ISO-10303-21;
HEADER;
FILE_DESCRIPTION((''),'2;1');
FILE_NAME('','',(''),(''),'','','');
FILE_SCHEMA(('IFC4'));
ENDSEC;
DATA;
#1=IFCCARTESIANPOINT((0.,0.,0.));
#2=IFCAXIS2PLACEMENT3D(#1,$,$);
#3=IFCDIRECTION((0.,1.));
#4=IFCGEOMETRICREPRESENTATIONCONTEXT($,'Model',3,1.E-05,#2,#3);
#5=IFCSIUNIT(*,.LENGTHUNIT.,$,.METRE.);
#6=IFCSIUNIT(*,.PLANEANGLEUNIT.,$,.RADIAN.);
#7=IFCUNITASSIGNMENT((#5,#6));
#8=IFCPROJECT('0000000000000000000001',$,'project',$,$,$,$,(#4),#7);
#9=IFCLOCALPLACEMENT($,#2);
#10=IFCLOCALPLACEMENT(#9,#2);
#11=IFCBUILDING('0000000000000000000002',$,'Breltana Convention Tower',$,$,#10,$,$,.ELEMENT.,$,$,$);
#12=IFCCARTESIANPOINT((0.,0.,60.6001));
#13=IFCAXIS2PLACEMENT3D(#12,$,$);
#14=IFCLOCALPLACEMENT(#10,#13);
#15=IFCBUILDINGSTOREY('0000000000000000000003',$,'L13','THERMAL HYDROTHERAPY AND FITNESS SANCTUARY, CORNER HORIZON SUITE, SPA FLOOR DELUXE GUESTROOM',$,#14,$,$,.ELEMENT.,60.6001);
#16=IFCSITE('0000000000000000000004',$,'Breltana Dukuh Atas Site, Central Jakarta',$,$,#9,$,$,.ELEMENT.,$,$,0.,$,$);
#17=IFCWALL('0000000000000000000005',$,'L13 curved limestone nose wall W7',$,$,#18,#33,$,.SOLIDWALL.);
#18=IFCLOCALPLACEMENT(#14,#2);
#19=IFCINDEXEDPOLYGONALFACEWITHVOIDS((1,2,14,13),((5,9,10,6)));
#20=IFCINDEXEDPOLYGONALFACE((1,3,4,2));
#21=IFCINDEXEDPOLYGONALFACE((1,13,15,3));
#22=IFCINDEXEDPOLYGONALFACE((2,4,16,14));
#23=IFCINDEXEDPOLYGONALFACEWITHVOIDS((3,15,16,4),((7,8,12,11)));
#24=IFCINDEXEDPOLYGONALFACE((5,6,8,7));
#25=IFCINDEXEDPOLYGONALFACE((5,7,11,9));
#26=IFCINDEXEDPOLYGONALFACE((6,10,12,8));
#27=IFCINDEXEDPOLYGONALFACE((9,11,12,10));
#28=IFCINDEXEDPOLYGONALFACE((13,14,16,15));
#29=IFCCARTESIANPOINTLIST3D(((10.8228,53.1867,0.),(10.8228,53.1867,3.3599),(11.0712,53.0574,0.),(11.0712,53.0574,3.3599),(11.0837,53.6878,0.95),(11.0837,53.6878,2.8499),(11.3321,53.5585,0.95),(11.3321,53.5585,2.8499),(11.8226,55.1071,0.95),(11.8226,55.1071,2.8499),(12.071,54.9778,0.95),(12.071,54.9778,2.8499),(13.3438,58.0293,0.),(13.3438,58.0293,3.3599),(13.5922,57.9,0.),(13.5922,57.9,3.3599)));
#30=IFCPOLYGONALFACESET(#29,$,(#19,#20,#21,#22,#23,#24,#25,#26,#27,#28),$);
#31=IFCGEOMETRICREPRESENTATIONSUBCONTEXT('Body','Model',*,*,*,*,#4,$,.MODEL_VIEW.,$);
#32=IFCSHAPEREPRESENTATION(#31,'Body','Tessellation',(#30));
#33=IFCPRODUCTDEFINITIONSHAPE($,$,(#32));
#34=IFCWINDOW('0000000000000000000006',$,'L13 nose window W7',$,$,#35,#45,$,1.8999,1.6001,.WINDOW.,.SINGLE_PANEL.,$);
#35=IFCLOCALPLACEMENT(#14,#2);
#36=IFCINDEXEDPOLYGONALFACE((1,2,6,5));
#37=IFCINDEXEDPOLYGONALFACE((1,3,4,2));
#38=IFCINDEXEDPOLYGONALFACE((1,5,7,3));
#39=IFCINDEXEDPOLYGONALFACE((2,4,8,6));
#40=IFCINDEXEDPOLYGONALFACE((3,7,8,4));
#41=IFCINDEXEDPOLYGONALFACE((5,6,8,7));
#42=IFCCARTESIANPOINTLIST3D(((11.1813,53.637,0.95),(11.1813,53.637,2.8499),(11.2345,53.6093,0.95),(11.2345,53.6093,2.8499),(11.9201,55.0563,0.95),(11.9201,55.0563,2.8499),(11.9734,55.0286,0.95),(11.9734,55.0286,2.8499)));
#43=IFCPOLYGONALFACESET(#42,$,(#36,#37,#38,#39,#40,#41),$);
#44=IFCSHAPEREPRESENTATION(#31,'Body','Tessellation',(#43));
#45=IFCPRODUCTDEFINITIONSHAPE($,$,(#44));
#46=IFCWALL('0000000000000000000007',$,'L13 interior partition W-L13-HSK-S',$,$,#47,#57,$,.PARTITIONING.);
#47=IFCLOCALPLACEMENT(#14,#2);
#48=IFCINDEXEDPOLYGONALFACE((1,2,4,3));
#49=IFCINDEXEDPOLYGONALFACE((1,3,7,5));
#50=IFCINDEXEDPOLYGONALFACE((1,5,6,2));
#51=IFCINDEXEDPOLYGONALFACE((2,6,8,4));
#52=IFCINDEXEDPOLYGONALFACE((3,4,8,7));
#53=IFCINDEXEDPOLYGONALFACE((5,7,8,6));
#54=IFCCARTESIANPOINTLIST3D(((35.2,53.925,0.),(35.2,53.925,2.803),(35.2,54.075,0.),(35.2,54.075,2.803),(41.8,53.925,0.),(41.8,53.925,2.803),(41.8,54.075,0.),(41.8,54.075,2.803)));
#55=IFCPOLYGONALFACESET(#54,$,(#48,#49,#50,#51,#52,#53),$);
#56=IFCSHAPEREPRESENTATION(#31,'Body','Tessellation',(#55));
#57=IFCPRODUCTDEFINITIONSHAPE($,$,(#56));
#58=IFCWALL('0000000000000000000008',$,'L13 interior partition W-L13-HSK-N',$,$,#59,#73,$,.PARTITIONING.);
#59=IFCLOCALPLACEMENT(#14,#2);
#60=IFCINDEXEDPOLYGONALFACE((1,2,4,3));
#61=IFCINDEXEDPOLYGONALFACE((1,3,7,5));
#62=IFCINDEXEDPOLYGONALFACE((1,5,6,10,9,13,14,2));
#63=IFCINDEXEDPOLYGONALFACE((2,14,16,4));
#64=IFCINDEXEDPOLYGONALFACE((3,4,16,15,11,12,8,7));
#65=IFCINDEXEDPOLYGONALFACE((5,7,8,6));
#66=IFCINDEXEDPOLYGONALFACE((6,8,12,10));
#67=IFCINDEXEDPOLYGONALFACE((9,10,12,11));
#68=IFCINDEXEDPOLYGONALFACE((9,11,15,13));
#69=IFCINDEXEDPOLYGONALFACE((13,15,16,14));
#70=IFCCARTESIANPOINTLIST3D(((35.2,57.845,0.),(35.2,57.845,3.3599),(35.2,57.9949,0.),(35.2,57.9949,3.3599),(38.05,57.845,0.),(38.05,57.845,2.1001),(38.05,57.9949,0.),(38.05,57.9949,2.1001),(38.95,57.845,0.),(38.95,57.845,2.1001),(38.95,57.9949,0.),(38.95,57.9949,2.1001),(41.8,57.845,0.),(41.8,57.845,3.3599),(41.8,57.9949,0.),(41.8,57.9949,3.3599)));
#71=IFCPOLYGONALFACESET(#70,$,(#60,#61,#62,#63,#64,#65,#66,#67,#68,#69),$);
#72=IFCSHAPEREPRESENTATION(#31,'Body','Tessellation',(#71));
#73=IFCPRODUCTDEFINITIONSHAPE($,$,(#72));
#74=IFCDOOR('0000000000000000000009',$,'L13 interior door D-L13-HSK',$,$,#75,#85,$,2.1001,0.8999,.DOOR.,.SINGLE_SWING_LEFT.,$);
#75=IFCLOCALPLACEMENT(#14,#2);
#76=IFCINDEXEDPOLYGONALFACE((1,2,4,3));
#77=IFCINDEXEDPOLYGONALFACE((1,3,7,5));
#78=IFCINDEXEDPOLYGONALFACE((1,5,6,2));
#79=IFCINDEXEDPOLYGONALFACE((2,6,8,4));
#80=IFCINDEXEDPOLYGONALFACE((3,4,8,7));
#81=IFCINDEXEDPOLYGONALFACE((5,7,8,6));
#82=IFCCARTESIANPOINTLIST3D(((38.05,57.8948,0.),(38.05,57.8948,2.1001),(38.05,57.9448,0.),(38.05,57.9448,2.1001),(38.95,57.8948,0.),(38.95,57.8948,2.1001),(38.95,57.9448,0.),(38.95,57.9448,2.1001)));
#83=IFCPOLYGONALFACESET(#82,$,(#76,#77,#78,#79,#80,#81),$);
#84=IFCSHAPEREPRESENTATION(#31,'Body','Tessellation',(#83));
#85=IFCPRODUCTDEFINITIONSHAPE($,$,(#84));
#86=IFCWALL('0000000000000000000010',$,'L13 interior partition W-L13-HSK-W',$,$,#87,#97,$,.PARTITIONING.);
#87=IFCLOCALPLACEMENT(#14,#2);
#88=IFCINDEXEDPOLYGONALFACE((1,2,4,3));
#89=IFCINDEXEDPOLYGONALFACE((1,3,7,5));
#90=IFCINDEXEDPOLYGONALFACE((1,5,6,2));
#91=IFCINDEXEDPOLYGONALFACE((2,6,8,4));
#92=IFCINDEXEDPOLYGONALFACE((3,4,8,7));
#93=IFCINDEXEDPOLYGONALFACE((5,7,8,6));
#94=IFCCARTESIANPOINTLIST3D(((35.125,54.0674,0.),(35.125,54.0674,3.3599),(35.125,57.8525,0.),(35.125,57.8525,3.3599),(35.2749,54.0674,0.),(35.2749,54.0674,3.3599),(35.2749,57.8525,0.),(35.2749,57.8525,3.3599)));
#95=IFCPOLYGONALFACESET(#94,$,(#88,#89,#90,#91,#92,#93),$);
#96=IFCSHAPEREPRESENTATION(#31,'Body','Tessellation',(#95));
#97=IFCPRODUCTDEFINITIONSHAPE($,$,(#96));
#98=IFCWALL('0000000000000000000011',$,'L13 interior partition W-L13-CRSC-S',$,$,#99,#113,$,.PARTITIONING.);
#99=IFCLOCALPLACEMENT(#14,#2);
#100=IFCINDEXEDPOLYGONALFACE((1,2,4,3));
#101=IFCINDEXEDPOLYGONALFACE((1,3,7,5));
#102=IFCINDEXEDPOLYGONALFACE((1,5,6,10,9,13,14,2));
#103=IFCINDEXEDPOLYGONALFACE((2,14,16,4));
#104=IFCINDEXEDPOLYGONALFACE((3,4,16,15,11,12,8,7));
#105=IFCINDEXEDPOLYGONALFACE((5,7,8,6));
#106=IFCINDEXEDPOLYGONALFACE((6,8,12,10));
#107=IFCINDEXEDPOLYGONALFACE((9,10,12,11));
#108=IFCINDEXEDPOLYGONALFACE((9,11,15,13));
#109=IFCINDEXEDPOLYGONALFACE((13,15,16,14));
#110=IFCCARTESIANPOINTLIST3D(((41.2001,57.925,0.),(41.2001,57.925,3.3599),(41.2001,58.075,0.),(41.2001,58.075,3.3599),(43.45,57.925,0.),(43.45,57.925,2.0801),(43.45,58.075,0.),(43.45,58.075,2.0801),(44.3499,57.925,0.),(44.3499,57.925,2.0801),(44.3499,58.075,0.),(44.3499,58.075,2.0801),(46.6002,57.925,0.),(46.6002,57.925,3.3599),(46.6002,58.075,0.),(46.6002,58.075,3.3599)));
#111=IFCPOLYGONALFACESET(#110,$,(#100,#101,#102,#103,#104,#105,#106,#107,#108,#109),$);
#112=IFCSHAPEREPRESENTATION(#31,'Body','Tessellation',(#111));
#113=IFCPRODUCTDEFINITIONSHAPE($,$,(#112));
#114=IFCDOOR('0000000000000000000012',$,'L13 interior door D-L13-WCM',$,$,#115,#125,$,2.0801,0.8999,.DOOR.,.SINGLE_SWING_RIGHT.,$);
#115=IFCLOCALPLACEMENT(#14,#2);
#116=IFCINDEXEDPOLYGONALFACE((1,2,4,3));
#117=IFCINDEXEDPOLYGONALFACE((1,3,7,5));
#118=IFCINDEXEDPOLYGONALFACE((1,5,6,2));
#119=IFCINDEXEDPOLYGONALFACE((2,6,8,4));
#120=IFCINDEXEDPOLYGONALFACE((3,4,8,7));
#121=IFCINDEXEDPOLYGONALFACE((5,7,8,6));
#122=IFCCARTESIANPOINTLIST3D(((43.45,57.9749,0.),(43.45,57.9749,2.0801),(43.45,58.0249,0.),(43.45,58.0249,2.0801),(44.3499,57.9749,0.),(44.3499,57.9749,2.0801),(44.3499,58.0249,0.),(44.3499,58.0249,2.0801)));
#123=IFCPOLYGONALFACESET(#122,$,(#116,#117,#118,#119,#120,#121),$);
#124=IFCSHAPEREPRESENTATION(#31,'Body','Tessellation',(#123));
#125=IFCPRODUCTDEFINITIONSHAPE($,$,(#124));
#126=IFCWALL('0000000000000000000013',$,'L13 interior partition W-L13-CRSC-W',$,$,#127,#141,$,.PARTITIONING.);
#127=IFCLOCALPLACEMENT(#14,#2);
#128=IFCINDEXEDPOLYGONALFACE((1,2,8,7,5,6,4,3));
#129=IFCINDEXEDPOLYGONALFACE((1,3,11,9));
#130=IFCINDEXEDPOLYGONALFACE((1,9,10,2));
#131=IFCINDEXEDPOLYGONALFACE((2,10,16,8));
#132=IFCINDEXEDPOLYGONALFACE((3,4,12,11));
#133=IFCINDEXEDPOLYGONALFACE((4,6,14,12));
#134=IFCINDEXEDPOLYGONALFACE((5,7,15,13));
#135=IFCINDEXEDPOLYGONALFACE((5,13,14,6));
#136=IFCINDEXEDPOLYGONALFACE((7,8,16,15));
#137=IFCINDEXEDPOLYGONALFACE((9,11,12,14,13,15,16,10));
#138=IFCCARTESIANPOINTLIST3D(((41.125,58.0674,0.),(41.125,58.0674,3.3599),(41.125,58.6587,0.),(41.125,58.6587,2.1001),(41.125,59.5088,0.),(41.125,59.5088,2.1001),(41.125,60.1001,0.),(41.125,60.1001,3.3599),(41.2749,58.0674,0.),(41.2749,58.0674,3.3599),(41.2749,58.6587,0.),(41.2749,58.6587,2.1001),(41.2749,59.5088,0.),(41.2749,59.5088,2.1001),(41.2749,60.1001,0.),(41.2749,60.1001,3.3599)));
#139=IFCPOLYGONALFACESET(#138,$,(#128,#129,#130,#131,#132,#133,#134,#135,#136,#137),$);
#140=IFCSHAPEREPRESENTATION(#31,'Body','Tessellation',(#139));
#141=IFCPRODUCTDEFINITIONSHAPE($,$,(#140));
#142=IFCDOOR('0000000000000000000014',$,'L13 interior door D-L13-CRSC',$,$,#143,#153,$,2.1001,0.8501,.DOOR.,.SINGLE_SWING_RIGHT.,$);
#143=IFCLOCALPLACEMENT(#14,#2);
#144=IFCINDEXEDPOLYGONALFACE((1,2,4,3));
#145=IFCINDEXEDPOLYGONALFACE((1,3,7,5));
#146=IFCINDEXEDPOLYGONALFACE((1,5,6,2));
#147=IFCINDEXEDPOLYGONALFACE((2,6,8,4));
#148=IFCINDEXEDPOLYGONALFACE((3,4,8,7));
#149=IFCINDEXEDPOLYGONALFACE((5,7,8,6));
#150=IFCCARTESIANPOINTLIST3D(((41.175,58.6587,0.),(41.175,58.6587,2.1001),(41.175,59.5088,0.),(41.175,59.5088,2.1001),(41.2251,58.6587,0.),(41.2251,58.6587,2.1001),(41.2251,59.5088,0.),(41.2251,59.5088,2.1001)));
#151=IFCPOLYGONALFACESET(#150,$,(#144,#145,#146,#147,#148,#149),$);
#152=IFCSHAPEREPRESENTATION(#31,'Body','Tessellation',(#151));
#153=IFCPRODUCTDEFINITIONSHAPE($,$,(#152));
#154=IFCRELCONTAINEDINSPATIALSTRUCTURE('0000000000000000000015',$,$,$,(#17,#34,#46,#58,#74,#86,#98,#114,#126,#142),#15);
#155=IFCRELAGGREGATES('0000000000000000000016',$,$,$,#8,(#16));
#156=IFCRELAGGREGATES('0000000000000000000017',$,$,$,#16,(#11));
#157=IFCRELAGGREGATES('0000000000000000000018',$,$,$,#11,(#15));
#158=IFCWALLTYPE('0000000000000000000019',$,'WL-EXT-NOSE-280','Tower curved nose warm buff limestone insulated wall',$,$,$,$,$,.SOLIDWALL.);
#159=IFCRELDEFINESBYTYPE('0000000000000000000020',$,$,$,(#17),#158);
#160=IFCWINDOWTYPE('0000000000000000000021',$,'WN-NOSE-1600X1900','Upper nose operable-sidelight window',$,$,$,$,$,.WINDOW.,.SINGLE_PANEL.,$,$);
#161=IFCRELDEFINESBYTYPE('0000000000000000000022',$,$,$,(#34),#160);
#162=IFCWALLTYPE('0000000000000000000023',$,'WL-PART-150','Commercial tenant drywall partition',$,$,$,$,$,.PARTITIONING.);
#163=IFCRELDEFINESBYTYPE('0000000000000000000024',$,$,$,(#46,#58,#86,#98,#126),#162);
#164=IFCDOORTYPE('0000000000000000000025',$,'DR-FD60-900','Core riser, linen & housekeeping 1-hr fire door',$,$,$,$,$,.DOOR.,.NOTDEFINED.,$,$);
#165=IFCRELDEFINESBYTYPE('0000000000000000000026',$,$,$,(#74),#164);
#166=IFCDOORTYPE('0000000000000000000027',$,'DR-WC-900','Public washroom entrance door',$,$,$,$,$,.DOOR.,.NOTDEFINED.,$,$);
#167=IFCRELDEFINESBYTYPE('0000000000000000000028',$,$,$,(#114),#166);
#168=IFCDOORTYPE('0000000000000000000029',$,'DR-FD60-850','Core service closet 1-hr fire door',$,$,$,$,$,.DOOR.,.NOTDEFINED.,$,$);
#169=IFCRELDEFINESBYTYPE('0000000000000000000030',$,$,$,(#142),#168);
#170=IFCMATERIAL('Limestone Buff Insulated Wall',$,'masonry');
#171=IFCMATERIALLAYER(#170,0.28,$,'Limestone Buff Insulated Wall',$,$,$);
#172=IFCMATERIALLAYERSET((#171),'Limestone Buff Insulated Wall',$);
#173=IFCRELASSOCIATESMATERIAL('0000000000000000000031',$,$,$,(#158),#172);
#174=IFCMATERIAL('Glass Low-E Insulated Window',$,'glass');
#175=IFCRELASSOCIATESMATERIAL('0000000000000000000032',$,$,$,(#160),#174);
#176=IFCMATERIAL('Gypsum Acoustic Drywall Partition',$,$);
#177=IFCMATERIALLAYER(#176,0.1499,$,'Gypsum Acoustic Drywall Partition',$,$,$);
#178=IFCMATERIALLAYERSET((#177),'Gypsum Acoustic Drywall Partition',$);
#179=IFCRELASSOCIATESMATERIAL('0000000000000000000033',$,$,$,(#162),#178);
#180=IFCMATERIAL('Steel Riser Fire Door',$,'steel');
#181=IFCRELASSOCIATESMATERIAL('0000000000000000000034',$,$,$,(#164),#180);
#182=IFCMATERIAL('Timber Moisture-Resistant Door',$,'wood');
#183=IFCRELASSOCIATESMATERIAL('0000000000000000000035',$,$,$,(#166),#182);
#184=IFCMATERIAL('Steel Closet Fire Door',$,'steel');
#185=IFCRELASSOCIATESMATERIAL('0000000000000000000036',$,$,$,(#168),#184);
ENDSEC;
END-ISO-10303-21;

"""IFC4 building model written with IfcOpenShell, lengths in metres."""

from ifc_helpers import new_model, si_unit, direction, frame, frame_2d, origin, place, context, subcontext, project, spatial, rectangle, extrude, source, transform, mapped, material, layer, layer_set, type_object, type_shapes, element, fill, save


model = new_model("IFC4")

# Units and contexts
model_context = context("Model", 3, precision=1e-05, world=origin(), true_north=direction((0.0, 1.0)))
body_context = subcontext(model_context, "Body", "Model", "MODEL_VIEW")
ifc_project = project(units=[si_unit("LENGTHUNIT", "METRE"), si_unit("PLANEANGLEUNIT", "RADIAN")], contexts=[model_context])

# Site, building, storey
site_placement = place(None, origin())
site = spatial("IfcSite", under=ifc_project, at=site_placement, Name="Breltana Dukuh Atas Site, Central Jakarta", CompositionType="ELEMENT", RefElevation=0.0)
building_placement = place(site_placement, origin())
building = spatial("IfcBuilding", under=site, at=building_placement, Name="Breltana Convention Tower", CompositionType="ELEMENT")
storey_placement = place(building_placement, frame((0.0, 0.0, 60.6001)))
storey = spatial("IfcBuildingStorey", under=building, at=storey_placement, Name="L13", Description="THERMAL HYDROTHERAPY AND FITNESS SANCTUARY, CORNER HORIZON SUITE, SPA FLOOR DELUXE GUESTROOM", CompositionType="ELEMENT", Elevation=60.6001)

# Wall, opening, window
ifc_material_1 = material(Name="Limestone Buff Insulated Wall", Category="masonry")
ifc_layer_1 = layer(ifc_material_1, 0.28, Name="Limestone Buff Insulated Wall")
ifc_layer_set_1 = layer_set([ifc_layer_1], Name="Limestone Buff Insulated Wall")
wall_type_1 = type_object("IfcWallType", Name="WL-EXT-NOSE-280", Description="Tower curved nose warm buff limestone insulated wall", PredefinedType="SOLIDWALL", material=ifc_layer_set_1)
shared_shape_1 = source(origin(), body_context, "Body", "SweptSolid", [
    extrude(rectangle(XDim=5.4595, YDim=0.28, at=frame_2d((2.7297, 0.0))), origin(), (0.0, 0.0, 1.0), 3.3599),
])
wall_1_placement = place(storey_placement, frame((10.947, 53.1221, 0.0), z_axis=(0.0, 0.0, 1.0), x_axis=(0.461768, 0.887001, 0.0)))
wall_1 = element("IfcWall", 1, at=wall_1_placement, inside=storey, type_object=wall_type_1, Name="L13 curved limestone nose wall W7", PredefinedType="SOLIDWALL", context=body_context, shape_type="MappedRepresentation", body=[
    mapped(shared_shape_1, transform((0.0, 0.0, 0.0), scale=1.0)),
])
opening_1_placement = place(wall_1_placement, frame((0.5649, 0.0, 0.95)))
opening_1 = element("IfcOpeningElement", 2, at=opening_1_placement, cuts=wall_1, PredefinedType="OPENING", context=body_context, shape_type="SweptSolid", body=[
    extrude(rectangle(XDim=1.6001, YDim=1.8999, at=frame_2d((0.8, 0.95))), frame((0.0, 0.1499, 0.0), z_axis=(0.0, -1.0, 0.0), x_axis=(1.0, 0.0, 0.0)), (0.0, 0.0, 1.0), 0.3),
])
ifc_material_2 = material(Name="Glass Low-E Insulated Window", Category="glass")
window_type = type_object("IfcWindowType", Name="WN-NOSE-1600X1900", Description="Upper nose operable-sidelight window", PartitioningType="SINGLE_PANEL", PredefinedType="WINDOW", material=ifc_material_2)
shared_shape_2 = source(origin(), body_context, "Body", "SweptSolid", [
    extrude(rectangle(XDim=1.6001, YDim=1.8999, at=frame_2d((0.8, 0.95))), frame((0.0, 0.03, 0.0), z_axis=(0.0, -1.0, 0.0), x_axis=(1.0, 0.0, 0.0)), (0.0, 0.0, 1.0), 0.0601),
])
type_shapes(window_type, [shared_shape_2])
window_placement = place(opening_1_placement, origin())
window = element("IfcWindow", 3, at=window_placement, inside=storey, type_object=window_type, Name="L13 nose window W7", OverallHeight=1.8999, OverallWidth=1.6001, PartitioningType="SINGLE_PANEL", PredefinedType="WINDOW", context=body_context, shape_type="MappedRepresentation", body=[
    mapped(shared_shape_2, transform((0.0, 0.0, 0.0), scale=1.0)),
])
fill(opening_1, window)

# Wall
ifc_material_3 = material(Name="Gypsum Acoustic Drywall Partition")
ifc_layer_2 = layer(ifc_material_3, 0.1499, Name="Gypsum Acoustic Drywall Partition")
ifc_layer_set_2 = layer_set([ifc_layer_2], Name="Gypsum Acoustic Drywall Partition")
wall_type_2 = type_object("IfcWallType", Name="WL-PART-150", Description="Commercial tenant drywall partition", PredefinedType="PARTITIONING", material=ifc_layer_set_2)
shared_shape_3 = source(origin(), body_context, "Body", "SweptSolid", [
    extrude(rectangle(XDim=6.6001, YDim=0.1499, at=frame_2d((3.3, 0.0))), origin(), (0.0, 0.0, 1.0), 2.803),
])
wall_2_placement = place(storey_placement, frame((35.2, 54.0, 0.0), z_axis=(0.0, 0.0, 1.0), x_axis=(1.0, 0.0, 0.0)))
element("IfcWall", 4, at=wall_2_placement, inside=storey, type_object=wall_type_2, Name="L13 interior partition W-L13-HSK-S", PredefinedType="PARTITIONING", context=body_context, shape_type="MappedRepresentation", body=[
    mapped(shared_shape_3, transform((0.0, 0.0, 0.0), scale=1.0)),
])

# Wall, opening, door
shared_shape_4 = source(origin(), body_context, "Body", "SweptSolid", [
    extrude(rectangle(XDim=6.6001, YDim=0.1499, at=frame_2d((3.3, 0.0))), origin(), (0.0, 0.0, 1.0), 3.3599),
])
wall_3_placement = place(storey_placement, frame((35.2, 57.9199, 0.0), z_axis=(0.0, 0.0, 1.0), x_axis=(1.0, 0.0, 0.0)))
wall_3 = element("IfcWall", 5, at=wall_3_placement, inside=storey, type_object=wall_type_2, Name="L13 interior partition W-L13-HSK-N", PredefinedType="PARTITIONING", context=body_context, shape_type="MappedRepresentation", body=[
    mapped(shared_shape_4, transform((0.0, 0.0, 0.0), scale=1.0)),
])
opening_2_placement = place(wall_3_placement, frame((2.8501, 0.0, 0.0)))
opening_2 = element("IfcOpeningElement", 6, at=opening_2_placement, cuts=wall_3, PredefinedType="OPENING", context=body_context, shape_type="SweptSolid", body=[
    extrude(rectangle(XDim=0.8999, YDim=2.1001, at=frame_2d((0.45, 1.05))), frame((0.0, 0.085, 0.0), z_axis=(0.0, -1.0, 0.0), x_axis=(1.0, 0.0, 0.0)), (0.0, 0.0, 1.0), 0.1699),
])
ifc_material_4 = material(Name="Steel Riser Fire Door", Category="steel")
door_type_1 = type_object("IfcDoorType", Name="DR-FD60-900", Description="Core riser, linen & housekeeping 1-hr fire door", OperationType="NOTDEFINED", PredefinedType="DOOR", material=ifc_material_4)
shared_shape_5 = source(origin(), body_context, "Body", "SweptSolid", [
    extrude(rectangle(XDim=0.8999, YDim=2.1001, at=frame_2d((0.45, 1.05))), frame((0.0, 0.0249, 0.0), z_axis=(0.0, -1.0, 0.0), x_axis=(1.0, 0.0, 0.0)), (0.0, 0.0, 1.0), 0.05),
])
type_shapes(door_type_1, [shared_shape_5])
door_1_placement = place(opening_2_placement, origin())
door_1 = element("IfcDoor", 7, at=door_1_placement, inside=storey, type_object=door_type_1, Name="L13 interior door D-L13-HSK", OperationType="SINGLE_SWING_LEFT", OverallHeight=2.1001, OverallWidth=0.8999, PredefinedType="DOOR", context=body_context, shape_type="MappedRepresentation", body=[
    mapped(shared_shape_5, transform((0.0, 0.0, 0.0), scale=1.0)),
])
fill(opening_2, door_1)

# Wall
shared_shape_6 = source(origin(), body_context, "Body", "SweptSolid", [
    extrude(rectangle(XDim=3.7852, YDim=0.1499, at=frame_2d((1.8926, 0.0))), origin(), (0.0, 0.0, 1.0), 3.3599),
])
wall_4_placement = place(storey_placement, frame((35.2, 54.0674, 0.0), z_axis=(0.0, 0.0, 1.0), x_axis=(0.0, 1.0, 0.0)))
element("IfcWall", 8, at=wall_4_placement, inside=storey, type_object=wall_type_2, Name="L13 interior partition W-L13-HSK-W", PredefinedType="PARTITIONING", context=body_context, shape_type="MappedRepresentation", body=[
    mapped(shared_shape_6, transform((0.0, 0.0, 0.0), scale=1.0)),
])

# Walls, openings, doors
shared_shape_7 = source(origin(), body_context, "Body", "SweptSolid", [
    extrude(rectangle(XDim=5.4001, YDim=0.1499, at=frame_2d((2.7002, 0.0))), origin(), (0.0, 0.0, 1.0), 3.3599),
])
wall_5_placement = place(storey_placement, frame((41.2, 58.0, 0.0), z_axis=(0.0, 0.0, 1.0), x_axis=(1.0, 0.0, 0.0)))
wall_5 = element("IfcWall", 9, at=wall_5_placement, inside=storey, type_object=wall_type_2, Name="L13 interior partition W-L13-CRSC-S", PredefinedType="PARTITIONING", context=body_context, shape_type="MappedRepresentation", body=[
    mapped(shared_shape_7, transform((0.0, 0.0, 0.0), scale=1.0)),
])
opening_3_placement = place(wall_5_placement, frame((2.25, 0.0, 0.0)))
opening_3 = element("IfcOpeningElement", 10, at=opening_3_placement, cuts=wall_5, PredefinedType="OPENING", context=body_context, shape_type="SweptSolid", body=[
    extrude(rectangle(XDim=0.8999, YDim=2.0801, at=frame_2d((0.45, 1.04))), frame((0.0, 0.085, 0.0), z_axis=(0.0, -1.0, 0.0), x_axis=(1.0, 0.0, 0.0)), (0.0, 0.0, 1.0), 0.1699),
])
ifc_material_5 = material(Name="Timber Moisture-Resistant Door", Category="wood")
door_type_2 = type_object("IfcDoorType", Name="DR-WC-900", Description="Public washroom entrance door", OperationType="NOTDEFINED", PredefinedType="DOOR", material=ifc_material_5)
shared_shape_8 = source(origin(), body_context, "Body", "SweptSolid", [
    extrude(rectangle(XDim=0.8999, YDim=2.0801, at=frame_2d((0.45, 1.04))), frame((0.0, 0.0249, 0.0), z_axis=(0.0, -1.0, 0.0), x_axis=(1.0, 0.0, 0.0)), (0.0, 0.0, 1.0), 0.05),
])
type_shapes(door_type_2, [shared_shape_8])
door_2_placement = place(opening_3_placement, origin())
door_2 = element("IfcDoor", 11, at=door_2_placement, inside=storey, type_object=door_type_2, Name="L13 interior door D-L13-WCM", OperationType="SINGLE_SWING_RIGHT", OverallHeight=2.0801, OverallWidth=0.8999, PredefinedType="DOOR", context=body_context, shape_type="MappedRepresentation", body=[
    mapped(shared_shape_8, transform((0.0, 0.0, 0.0), scale=1.0)),
])
fill(opening_3, door_2)
shared_shape_9 = source(origin(), body_context, "Body", "SweptSolid", [
    extrude(rectangle(XDim=2.0327, YDim=0.1499, at=frame_2d((1.0164, 0.0))), origin(), (0.0, 0.0, 1.0), 3.3599),
])
wall_6_placement = place(storey_placement, frame((41.2, 58.0674, 0.0), z_axis=(0.0, 0.0, 1.0), x_axis=(0.0, 1.0, 0.0)))
wall_6 = element("IfcWall", 12, at=wall_6_placement, inside=storey, type_object=wall_type_2, Name="L13 interior partition W-L13-CRSC-W", PredefinedType="PARTITIONING", context=body_context, shape_type="MappedRepresentation", body=[
    mapped(shared_shape_9, transform((0.0, 0.0, 0.0), scale=1.0)),
])
opening_4_placement = place(wall_6_placement, frame((0.5913, 0.0, 0.0)))
opening_4 = element("IfcOpeningElement", 13, at=opening_4_placement, cuts=wall_6, PredefinedType="OPENING", context=body_context, shape_type="SweptSolid", body=[
    extrude(rectangle(XDim=0.8501, YDim=2.1001, at=frame_2d((0.425, 1.05))), frame((0.0, 0.085, 0.0), z_axis=(0.0, -1.0, 0.0), x_axis=(1.0, 0.0, 0.0)), (0.0, 0.0, 1.0), 0.1699),
])
ifc_material_6 = material(Name="Steel Closet Fire Door", Category="steel")
door_type_3 = type_object("IfcDoorType", Name="DR-FD60-850", Description="Core service closet 1-hr fire door", OperationType="NOTDEFINED", PredefinedType="DOOR", material=ifc_material_6)
shared_shape_10 = source(origin(), body_context, "Body", "SweptSolid", [
    extrude(rectangle(XDim=0.8501, YDim=2.1001, at=frame_2d((0.425, 1.05))), frame((0.0, 0.0249, 0.0), z_axis=(0.0, -1.0, 0.0), x_axis=(1.0, 0.0, 0.0)), (0.0, 0.0, 1.0), 0.05),
])
type_shapes(door_type_3, [shared_shape_10])
door_3_placement = place(opening_4_placement, origin())
door_3 = element("IfcDoor", 14, at=door_3_placement, inside=storey, type_object=door_type_3, Name="L13 interior door D-L13-CRSC", OperationType="SINGLE_SWING_RIGHT", OverallHeight=2.1001, OverallWidth=0.8501, PredefinedType="DOOR", context=body_context, shape_type="MappedRepresentation", body=[
    mapped(shared_shape_10, transform((0.0, 0.0, 0.0), scale=1.0)),
])
fill(opening_4, door_3)

save(model, "model.ifc")
